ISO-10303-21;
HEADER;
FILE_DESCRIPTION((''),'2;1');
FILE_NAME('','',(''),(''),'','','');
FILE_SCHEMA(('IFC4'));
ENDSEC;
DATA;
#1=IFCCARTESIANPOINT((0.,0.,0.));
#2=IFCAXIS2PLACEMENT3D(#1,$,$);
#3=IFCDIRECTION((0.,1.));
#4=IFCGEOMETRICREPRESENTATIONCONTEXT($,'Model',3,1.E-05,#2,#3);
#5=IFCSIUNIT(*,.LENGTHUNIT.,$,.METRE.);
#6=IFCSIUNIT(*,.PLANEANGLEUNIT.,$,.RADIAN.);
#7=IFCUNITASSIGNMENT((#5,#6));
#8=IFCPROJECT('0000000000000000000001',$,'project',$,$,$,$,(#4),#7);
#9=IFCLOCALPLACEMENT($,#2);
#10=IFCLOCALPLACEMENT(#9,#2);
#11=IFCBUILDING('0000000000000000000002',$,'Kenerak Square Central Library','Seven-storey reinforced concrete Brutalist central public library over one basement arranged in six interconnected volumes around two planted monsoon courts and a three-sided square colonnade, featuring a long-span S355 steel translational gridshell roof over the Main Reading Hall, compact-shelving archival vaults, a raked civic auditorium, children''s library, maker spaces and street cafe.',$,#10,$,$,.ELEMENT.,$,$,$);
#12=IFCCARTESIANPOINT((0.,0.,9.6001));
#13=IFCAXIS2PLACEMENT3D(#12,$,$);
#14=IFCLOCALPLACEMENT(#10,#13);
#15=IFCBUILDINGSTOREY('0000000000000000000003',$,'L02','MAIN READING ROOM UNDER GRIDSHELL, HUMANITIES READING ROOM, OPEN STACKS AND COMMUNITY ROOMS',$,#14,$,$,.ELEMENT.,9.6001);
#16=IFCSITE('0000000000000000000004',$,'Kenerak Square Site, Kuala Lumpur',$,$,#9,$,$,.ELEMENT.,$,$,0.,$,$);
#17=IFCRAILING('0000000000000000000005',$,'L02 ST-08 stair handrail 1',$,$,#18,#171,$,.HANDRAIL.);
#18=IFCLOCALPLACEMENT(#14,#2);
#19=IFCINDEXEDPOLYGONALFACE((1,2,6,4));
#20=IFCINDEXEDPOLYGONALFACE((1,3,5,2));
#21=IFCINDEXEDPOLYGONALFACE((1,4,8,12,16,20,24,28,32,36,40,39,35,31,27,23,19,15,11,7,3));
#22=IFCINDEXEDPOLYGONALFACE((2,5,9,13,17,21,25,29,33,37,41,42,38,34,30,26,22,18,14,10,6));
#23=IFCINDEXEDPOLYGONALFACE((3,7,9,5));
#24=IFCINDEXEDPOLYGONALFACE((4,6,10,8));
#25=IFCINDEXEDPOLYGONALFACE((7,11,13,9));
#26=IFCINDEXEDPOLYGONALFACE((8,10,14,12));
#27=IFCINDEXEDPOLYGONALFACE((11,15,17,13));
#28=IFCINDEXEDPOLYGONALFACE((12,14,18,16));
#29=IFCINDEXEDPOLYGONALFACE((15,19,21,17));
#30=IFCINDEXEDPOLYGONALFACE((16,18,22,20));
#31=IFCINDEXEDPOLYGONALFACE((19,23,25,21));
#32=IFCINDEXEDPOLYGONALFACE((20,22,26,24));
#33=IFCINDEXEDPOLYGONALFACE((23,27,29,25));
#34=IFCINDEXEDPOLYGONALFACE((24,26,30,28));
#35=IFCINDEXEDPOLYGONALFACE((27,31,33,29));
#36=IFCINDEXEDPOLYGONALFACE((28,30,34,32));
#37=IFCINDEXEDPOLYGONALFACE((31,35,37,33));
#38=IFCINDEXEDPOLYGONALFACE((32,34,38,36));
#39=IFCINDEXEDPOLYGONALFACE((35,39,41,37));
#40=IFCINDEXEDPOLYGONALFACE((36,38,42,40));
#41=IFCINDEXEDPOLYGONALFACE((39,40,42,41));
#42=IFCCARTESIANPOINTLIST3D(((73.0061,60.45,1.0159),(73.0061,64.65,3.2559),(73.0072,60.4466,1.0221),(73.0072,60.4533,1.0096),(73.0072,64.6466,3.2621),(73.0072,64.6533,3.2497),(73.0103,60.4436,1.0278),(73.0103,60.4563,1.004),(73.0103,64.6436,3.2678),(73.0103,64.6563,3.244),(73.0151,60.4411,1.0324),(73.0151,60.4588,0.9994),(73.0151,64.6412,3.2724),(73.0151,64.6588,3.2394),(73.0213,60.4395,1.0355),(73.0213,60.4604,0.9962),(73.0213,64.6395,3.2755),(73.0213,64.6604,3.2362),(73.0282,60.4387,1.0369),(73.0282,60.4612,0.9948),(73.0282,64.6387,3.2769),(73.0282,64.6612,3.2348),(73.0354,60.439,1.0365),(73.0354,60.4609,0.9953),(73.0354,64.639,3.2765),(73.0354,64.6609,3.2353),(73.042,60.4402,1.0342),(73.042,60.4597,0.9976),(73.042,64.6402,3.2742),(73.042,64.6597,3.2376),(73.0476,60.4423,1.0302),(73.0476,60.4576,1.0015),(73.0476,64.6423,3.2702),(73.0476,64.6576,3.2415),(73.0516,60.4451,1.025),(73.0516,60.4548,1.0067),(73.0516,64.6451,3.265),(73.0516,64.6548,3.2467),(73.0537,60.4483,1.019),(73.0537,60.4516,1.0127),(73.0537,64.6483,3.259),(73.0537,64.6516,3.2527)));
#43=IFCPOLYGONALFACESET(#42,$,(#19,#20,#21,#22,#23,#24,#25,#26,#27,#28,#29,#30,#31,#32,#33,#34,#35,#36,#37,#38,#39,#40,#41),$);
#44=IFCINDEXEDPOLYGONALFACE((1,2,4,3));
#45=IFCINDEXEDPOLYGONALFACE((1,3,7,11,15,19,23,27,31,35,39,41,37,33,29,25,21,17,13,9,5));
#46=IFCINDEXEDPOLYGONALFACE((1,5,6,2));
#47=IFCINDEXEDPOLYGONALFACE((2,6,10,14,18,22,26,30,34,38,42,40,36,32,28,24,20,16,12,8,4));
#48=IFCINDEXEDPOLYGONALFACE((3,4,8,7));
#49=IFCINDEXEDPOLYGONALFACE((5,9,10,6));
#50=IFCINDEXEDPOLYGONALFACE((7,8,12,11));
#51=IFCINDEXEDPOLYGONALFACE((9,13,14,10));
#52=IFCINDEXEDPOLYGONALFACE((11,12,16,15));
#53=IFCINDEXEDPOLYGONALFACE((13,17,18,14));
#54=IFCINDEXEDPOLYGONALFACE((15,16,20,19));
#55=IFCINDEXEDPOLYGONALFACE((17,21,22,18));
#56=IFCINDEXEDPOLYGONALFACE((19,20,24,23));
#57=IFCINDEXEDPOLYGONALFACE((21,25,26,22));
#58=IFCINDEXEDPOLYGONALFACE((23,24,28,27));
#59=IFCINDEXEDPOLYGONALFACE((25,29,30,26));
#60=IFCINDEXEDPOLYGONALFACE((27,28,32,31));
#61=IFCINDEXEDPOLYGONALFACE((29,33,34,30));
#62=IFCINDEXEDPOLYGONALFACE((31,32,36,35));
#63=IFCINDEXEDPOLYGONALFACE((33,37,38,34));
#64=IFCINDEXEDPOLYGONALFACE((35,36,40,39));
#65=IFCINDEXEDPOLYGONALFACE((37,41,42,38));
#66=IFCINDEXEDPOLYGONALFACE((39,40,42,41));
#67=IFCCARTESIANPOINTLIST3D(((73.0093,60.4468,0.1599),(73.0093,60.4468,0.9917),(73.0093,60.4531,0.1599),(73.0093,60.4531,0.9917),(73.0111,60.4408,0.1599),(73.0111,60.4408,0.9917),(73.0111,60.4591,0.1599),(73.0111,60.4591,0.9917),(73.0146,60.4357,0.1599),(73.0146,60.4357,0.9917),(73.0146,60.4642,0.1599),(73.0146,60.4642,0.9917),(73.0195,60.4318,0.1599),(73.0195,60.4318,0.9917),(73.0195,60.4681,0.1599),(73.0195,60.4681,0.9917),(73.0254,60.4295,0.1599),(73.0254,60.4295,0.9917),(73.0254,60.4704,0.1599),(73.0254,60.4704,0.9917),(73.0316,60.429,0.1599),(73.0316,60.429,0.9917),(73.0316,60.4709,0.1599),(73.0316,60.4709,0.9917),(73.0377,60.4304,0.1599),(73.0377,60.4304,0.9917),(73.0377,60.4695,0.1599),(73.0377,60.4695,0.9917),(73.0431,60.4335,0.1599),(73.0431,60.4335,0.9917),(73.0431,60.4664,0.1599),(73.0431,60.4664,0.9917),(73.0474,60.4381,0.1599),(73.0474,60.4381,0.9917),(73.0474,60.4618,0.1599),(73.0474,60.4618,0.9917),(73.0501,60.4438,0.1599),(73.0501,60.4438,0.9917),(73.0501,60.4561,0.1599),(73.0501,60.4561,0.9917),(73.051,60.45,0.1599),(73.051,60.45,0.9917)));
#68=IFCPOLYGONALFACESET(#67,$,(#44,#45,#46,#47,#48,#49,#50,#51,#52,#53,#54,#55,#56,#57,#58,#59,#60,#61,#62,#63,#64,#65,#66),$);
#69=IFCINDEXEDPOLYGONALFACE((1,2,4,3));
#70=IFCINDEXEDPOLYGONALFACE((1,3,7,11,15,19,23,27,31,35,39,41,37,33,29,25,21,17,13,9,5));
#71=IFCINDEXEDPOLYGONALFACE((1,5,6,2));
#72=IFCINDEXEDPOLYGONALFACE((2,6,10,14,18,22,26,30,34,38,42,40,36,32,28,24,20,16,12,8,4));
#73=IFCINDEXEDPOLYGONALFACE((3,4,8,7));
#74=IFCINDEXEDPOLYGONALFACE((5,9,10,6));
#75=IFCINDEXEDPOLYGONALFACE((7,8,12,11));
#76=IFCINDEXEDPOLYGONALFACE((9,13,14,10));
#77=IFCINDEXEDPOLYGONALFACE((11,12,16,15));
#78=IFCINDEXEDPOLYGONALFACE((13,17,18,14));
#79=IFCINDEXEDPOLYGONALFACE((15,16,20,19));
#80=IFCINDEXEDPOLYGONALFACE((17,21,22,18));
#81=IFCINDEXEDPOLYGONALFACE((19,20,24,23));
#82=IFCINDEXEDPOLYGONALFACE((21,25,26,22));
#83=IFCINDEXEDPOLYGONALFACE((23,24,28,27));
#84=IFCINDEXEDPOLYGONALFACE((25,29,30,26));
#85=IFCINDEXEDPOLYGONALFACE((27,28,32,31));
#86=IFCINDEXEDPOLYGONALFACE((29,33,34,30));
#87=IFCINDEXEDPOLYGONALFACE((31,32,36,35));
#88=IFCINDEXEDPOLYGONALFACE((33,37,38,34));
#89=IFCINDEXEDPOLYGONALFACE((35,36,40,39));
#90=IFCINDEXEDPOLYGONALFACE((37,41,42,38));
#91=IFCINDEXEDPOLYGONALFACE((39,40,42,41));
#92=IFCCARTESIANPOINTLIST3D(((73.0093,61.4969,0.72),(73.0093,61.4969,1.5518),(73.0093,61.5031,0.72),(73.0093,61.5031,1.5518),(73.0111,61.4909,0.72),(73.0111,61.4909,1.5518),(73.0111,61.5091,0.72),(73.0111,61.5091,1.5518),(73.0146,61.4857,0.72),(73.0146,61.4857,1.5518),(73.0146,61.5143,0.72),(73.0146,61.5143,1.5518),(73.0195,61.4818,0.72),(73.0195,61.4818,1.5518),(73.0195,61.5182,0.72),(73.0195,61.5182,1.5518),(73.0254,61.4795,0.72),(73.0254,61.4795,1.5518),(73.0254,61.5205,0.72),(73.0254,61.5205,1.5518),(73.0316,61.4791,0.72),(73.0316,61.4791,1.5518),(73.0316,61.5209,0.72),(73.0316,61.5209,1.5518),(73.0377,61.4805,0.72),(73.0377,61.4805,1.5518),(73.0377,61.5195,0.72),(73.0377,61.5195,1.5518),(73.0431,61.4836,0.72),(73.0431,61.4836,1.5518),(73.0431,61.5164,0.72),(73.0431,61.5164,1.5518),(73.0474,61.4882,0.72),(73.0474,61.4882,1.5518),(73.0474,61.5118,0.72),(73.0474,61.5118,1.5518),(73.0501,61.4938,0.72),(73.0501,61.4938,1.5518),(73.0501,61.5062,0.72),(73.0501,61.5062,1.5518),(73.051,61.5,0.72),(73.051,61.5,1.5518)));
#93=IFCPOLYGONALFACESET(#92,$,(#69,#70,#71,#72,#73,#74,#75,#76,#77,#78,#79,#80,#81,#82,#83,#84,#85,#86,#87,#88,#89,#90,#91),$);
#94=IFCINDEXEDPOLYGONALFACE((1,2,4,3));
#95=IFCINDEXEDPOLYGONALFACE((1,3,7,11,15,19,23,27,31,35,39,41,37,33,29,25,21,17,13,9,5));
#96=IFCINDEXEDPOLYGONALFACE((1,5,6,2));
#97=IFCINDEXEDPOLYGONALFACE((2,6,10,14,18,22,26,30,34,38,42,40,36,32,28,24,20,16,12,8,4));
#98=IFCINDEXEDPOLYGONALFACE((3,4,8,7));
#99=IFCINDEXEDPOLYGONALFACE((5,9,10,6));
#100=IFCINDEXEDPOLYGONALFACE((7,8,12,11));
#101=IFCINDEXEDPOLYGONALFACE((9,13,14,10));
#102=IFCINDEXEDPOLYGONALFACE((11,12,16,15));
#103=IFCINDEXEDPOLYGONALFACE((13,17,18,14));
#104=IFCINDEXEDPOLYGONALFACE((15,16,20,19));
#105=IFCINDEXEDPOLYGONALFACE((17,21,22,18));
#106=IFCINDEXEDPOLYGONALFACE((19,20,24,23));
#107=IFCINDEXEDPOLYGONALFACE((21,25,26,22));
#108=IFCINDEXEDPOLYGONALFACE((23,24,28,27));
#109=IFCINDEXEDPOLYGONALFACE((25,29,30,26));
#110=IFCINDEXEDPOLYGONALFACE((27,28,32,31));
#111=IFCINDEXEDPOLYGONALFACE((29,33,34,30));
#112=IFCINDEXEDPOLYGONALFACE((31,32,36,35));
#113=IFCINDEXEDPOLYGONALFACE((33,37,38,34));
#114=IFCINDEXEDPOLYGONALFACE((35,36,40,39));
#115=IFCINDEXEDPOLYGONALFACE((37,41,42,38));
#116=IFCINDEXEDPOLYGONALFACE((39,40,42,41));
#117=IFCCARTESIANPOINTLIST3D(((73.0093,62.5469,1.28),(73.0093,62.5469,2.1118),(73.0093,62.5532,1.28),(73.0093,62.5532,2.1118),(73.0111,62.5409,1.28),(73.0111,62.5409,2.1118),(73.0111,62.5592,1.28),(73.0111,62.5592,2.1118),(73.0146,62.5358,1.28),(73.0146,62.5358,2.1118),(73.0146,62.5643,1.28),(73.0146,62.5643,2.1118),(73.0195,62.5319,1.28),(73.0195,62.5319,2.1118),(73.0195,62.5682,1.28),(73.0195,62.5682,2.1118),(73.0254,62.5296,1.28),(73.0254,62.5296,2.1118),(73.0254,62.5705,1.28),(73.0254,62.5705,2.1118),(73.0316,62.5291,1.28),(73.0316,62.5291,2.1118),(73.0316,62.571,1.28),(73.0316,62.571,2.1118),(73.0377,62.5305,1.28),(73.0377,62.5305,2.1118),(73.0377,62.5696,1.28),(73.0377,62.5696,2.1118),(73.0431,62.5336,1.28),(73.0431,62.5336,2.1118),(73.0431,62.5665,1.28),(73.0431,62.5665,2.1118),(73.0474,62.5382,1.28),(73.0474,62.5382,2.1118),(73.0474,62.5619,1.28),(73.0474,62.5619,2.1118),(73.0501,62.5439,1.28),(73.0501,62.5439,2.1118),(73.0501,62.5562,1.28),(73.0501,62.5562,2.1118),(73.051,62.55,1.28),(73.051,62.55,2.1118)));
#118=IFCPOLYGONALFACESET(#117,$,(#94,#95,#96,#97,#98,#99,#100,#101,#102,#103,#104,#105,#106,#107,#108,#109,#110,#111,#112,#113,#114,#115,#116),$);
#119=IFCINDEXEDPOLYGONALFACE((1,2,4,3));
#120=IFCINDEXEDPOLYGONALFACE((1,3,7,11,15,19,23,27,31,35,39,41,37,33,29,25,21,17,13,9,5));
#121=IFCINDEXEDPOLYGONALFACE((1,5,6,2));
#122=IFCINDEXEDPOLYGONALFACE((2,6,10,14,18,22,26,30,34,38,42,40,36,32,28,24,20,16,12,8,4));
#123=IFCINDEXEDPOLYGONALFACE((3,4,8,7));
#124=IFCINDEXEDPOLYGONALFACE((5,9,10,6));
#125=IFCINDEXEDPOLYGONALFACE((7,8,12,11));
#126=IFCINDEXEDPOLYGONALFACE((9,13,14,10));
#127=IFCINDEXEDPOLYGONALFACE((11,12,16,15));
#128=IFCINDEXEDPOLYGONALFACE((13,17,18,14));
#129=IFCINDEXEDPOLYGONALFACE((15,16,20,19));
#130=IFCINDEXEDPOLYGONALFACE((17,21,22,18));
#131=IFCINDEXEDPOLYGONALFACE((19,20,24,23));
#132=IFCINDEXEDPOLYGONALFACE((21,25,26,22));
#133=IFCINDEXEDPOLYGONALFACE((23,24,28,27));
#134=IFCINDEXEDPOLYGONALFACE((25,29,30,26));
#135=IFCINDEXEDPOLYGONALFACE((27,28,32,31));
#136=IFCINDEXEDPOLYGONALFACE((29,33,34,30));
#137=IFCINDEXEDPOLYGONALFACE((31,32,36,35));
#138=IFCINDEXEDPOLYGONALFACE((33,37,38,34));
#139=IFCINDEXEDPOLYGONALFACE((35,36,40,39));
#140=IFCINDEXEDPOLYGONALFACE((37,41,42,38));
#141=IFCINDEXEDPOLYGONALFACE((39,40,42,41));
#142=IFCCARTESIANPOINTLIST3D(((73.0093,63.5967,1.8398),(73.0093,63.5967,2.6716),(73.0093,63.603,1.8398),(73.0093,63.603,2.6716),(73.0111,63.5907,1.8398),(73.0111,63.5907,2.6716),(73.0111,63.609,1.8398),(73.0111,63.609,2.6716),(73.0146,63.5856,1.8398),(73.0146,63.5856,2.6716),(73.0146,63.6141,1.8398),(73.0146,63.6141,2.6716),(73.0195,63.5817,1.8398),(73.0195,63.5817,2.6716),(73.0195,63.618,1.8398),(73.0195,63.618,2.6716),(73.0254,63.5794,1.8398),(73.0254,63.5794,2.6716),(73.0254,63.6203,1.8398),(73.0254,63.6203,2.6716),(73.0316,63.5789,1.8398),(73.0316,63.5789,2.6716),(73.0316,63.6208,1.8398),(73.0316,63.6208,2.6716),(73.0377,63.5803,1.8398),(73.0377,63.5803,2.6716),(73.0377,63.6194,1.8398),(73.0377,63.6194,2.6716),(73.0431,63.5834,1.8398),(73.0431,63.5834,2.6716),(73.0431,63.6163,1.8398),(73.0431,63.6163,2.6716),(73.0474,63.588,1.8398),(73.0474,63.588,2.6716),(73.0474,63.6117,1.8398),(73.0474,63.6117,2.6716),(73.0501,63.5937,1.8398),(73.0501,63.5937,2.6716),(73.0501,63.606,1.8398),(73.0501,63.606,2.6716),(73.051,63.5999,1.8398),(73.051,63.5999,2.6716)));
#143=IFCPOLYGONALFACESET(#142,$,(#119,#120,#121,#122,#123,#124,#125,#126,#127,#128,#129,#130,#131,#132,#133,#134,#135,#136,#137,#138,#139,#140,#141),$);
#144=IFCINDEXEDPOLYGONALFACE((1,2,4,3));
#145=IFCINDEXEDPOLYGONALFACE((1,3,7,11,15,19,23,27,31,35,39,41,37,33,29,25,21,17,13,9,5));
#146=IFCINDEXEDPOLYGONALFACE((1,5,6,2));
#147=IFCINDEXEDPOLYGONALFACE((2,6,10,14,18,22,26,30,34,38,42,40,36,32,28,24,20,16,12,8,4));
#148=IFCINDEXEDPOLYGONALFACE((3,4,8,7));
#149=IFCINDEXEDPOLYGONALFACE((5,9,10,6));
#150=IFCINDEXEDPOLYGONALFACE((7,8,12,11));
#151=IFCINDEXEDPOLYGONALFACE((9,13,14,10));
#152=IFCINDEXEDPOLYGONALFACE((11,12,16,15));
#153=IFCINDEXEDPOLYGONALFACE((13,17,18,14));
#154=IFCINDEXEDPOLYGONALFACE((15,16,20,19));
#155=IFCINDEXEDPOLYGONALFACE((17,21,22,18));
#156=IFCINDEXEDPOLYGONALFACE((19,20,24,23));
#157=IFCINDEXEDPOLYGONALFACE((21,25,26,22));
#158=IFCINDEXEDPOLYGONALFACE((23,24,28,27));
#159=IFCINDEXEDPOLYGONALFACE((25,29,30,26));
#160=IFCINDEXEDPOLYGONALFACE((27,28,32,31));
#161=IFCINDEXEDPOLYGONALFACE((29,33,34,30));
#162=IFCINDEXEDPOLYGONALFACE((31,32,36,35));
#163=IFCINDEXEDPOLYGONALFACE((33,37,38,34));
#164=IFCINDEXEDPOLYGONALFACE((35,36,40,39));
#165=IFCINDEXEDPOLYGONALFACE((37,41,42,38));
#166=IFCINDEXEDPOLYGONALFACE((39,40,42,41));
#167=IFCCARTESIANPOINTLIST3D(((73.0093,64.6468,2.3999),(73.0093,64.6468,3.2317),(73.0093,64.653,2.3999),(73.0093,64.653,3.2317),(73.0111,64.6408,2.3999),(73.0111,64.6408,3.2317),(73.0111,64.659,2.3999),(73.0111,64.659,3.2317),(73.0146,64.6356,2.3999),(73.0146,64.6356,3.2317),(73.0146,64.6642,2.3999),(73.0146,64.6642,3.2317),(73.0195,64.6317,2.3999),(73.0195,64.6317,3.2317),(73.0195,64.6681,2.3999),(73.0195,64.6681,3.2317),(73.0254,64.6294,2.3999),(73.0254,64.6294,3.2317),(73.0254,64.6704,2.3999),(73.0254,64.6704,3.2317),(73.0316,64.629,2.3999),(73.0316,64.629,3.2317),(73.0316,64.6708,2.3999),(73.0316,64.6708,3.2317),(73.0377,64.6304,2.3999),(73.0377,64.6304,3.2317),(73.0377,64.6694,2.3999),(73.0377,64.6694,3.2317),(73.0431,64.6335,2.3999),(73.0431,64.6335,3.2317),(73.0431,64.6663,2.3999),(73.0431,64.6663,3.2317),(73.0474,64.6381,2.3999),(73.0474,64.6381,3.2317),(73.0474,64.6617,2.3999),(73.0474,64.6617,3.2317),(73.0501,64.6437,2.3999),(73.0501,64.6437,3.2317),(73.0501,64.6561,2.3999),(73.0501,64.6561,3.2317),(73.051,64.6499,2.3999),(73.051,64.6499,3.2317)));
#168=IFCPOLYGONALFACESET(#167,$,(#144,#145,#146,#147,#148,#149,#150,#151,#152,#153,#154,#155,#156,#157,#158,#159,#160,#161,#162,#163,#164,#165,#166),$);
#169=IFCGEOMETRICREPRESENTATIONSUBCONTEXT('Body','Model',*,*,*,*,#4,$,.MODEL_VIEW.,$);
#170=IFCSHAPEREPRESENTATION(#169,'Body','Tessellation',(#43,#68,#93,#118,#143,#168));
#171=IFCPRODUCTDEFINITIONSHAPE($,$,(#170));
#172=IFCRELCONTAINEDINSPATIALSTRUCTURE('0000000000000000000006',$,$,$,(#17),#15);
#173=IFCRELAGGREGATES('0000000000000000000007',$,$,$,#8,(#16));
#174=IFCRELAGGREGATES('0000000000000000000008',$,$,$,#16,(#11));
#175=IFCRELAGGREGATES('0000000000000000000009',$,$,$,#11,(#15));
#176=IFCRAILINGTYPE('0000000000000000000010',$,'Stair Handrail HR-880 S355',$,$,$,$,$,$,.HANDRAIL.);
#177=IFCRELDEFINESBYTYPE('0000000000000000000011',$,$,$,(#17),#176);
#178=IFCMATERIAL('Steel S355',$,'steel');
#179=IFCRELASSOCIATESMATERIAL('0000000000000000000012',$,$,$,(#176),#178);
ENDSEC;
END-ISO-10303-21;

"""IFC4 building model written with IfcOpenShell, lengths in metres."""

from ifc_helpers import new_model, si_unit, direction, frame, origin, origin_2d, place, context, subcontext, project, spatial, circle, extrude, material, type_object, element, save


model = new_model("IFC4")

# Units and contexts
model_context = context("Model", 3, precision=1e-05, world=origin(), true_north=direction((0.0, 1.0)))
body_context = subcontext(model_context, "Body", "Model", "MODEL_VIEW")
ifc_project = project(units=[si_unit("LENGTHUNIT", "METRE"), si_unit("PLANEANGLEUNIT", "RADIAN")], contexts=[model_context])

# Site, building, storey
site_placement = place(None, origin())
site = spatial("IfcSite", under=ifc_project, at=site_placement, Name="Kenerak Square Site, Kuala Lumpur", CompositionType="ELEMENT", RefElevation=0.0)
building_placement = place(site_placement, origin())
building = spatial("IfcBuilding", under=site, at=building_placement, Name="Kenerak Square Central Library", Description="Seven-storey reinforced concrete Brutalist central public library over one basement arranged in six interconnected volumes around two planted monsoon courts and a three-sided square colonnade, featuring a long-span S355 steel translational gridshell roof over the Main Reading Hall, compact-shelving archival vaults, a raked civic auditorium, children's library, maker spaces and street cafe.", CompositionType="ELEMENT")
storey_placement = place(building_placement, frame((0.0, 0.0, 9.6001)))
storey = spatial("IfcBuildingStorey", under=building, at=storey_placement, Name="L02", Description="MAIN READING ROOM UNDER GRIDSHELL, HUMANITIES READING ROOM, OPEN STACKS AND COMMUNITY ROOMS", CompositionType="ELEMENT", Elevation=9.6001)

# Railing
ifc_material_1 = material(Name="Steel S355", Category="steel")
railing_type_1 = type_object("IfcRailingType", Name="Stair Handrail HR-880 S355", PredefinedType="HANDRAIL", material=ifc_material_1)
railing_1_placement = place(storey_placement, frame((73.03, 60.45, 0.1599)))
element("IfcRailing", 1, at=railing_1_placement, inside=storey, type_object=railing_type_1, Name="L02 ST-08 stair handrail 1", PredefinedType="HANDRAIL", context=body_context, shape_type="SweptSolid", body=[
    extrude(circle(Radius=0.0239, at=origin_2d()), frame((0.0, 0.0, 0.856), z_axis=(0.0, 0.882352, 0.470591), x_axis=(-1.0, 0.0, 0.0)), (0.0, 0.0, 1.0), 4.76),
    extrude(circle(Radius=0.021, at=origin_2d()), origin(), (0.0, 0.0, 1.0), 0.8318),
    extrude(circle(Radius=0.021, at=origin_2d()), frame((0.0, 1.05, 0.5601)), (0.0, 0.0, 1.0), 0.8318),
    extrude(circle(Radius=0.021, at=origin_2d()), frame((0.0, 2.1001, 1.1201)), (0.0, 0.0, 1.0), 0.8318),
    extrude(circle(Radius=0.021, at=origin_2d()), frame((0.0, 3.1499, 1.6799)), (0.0, 0.0, 1.0), 0.8318),
    extrude(circle(Radius=0.021, at=origin_2d()), frame((0.0, 4.2, 2.24)), (0.0, 0.0, 1.0), 0.8318),
])

save(model, "model.ifc")
